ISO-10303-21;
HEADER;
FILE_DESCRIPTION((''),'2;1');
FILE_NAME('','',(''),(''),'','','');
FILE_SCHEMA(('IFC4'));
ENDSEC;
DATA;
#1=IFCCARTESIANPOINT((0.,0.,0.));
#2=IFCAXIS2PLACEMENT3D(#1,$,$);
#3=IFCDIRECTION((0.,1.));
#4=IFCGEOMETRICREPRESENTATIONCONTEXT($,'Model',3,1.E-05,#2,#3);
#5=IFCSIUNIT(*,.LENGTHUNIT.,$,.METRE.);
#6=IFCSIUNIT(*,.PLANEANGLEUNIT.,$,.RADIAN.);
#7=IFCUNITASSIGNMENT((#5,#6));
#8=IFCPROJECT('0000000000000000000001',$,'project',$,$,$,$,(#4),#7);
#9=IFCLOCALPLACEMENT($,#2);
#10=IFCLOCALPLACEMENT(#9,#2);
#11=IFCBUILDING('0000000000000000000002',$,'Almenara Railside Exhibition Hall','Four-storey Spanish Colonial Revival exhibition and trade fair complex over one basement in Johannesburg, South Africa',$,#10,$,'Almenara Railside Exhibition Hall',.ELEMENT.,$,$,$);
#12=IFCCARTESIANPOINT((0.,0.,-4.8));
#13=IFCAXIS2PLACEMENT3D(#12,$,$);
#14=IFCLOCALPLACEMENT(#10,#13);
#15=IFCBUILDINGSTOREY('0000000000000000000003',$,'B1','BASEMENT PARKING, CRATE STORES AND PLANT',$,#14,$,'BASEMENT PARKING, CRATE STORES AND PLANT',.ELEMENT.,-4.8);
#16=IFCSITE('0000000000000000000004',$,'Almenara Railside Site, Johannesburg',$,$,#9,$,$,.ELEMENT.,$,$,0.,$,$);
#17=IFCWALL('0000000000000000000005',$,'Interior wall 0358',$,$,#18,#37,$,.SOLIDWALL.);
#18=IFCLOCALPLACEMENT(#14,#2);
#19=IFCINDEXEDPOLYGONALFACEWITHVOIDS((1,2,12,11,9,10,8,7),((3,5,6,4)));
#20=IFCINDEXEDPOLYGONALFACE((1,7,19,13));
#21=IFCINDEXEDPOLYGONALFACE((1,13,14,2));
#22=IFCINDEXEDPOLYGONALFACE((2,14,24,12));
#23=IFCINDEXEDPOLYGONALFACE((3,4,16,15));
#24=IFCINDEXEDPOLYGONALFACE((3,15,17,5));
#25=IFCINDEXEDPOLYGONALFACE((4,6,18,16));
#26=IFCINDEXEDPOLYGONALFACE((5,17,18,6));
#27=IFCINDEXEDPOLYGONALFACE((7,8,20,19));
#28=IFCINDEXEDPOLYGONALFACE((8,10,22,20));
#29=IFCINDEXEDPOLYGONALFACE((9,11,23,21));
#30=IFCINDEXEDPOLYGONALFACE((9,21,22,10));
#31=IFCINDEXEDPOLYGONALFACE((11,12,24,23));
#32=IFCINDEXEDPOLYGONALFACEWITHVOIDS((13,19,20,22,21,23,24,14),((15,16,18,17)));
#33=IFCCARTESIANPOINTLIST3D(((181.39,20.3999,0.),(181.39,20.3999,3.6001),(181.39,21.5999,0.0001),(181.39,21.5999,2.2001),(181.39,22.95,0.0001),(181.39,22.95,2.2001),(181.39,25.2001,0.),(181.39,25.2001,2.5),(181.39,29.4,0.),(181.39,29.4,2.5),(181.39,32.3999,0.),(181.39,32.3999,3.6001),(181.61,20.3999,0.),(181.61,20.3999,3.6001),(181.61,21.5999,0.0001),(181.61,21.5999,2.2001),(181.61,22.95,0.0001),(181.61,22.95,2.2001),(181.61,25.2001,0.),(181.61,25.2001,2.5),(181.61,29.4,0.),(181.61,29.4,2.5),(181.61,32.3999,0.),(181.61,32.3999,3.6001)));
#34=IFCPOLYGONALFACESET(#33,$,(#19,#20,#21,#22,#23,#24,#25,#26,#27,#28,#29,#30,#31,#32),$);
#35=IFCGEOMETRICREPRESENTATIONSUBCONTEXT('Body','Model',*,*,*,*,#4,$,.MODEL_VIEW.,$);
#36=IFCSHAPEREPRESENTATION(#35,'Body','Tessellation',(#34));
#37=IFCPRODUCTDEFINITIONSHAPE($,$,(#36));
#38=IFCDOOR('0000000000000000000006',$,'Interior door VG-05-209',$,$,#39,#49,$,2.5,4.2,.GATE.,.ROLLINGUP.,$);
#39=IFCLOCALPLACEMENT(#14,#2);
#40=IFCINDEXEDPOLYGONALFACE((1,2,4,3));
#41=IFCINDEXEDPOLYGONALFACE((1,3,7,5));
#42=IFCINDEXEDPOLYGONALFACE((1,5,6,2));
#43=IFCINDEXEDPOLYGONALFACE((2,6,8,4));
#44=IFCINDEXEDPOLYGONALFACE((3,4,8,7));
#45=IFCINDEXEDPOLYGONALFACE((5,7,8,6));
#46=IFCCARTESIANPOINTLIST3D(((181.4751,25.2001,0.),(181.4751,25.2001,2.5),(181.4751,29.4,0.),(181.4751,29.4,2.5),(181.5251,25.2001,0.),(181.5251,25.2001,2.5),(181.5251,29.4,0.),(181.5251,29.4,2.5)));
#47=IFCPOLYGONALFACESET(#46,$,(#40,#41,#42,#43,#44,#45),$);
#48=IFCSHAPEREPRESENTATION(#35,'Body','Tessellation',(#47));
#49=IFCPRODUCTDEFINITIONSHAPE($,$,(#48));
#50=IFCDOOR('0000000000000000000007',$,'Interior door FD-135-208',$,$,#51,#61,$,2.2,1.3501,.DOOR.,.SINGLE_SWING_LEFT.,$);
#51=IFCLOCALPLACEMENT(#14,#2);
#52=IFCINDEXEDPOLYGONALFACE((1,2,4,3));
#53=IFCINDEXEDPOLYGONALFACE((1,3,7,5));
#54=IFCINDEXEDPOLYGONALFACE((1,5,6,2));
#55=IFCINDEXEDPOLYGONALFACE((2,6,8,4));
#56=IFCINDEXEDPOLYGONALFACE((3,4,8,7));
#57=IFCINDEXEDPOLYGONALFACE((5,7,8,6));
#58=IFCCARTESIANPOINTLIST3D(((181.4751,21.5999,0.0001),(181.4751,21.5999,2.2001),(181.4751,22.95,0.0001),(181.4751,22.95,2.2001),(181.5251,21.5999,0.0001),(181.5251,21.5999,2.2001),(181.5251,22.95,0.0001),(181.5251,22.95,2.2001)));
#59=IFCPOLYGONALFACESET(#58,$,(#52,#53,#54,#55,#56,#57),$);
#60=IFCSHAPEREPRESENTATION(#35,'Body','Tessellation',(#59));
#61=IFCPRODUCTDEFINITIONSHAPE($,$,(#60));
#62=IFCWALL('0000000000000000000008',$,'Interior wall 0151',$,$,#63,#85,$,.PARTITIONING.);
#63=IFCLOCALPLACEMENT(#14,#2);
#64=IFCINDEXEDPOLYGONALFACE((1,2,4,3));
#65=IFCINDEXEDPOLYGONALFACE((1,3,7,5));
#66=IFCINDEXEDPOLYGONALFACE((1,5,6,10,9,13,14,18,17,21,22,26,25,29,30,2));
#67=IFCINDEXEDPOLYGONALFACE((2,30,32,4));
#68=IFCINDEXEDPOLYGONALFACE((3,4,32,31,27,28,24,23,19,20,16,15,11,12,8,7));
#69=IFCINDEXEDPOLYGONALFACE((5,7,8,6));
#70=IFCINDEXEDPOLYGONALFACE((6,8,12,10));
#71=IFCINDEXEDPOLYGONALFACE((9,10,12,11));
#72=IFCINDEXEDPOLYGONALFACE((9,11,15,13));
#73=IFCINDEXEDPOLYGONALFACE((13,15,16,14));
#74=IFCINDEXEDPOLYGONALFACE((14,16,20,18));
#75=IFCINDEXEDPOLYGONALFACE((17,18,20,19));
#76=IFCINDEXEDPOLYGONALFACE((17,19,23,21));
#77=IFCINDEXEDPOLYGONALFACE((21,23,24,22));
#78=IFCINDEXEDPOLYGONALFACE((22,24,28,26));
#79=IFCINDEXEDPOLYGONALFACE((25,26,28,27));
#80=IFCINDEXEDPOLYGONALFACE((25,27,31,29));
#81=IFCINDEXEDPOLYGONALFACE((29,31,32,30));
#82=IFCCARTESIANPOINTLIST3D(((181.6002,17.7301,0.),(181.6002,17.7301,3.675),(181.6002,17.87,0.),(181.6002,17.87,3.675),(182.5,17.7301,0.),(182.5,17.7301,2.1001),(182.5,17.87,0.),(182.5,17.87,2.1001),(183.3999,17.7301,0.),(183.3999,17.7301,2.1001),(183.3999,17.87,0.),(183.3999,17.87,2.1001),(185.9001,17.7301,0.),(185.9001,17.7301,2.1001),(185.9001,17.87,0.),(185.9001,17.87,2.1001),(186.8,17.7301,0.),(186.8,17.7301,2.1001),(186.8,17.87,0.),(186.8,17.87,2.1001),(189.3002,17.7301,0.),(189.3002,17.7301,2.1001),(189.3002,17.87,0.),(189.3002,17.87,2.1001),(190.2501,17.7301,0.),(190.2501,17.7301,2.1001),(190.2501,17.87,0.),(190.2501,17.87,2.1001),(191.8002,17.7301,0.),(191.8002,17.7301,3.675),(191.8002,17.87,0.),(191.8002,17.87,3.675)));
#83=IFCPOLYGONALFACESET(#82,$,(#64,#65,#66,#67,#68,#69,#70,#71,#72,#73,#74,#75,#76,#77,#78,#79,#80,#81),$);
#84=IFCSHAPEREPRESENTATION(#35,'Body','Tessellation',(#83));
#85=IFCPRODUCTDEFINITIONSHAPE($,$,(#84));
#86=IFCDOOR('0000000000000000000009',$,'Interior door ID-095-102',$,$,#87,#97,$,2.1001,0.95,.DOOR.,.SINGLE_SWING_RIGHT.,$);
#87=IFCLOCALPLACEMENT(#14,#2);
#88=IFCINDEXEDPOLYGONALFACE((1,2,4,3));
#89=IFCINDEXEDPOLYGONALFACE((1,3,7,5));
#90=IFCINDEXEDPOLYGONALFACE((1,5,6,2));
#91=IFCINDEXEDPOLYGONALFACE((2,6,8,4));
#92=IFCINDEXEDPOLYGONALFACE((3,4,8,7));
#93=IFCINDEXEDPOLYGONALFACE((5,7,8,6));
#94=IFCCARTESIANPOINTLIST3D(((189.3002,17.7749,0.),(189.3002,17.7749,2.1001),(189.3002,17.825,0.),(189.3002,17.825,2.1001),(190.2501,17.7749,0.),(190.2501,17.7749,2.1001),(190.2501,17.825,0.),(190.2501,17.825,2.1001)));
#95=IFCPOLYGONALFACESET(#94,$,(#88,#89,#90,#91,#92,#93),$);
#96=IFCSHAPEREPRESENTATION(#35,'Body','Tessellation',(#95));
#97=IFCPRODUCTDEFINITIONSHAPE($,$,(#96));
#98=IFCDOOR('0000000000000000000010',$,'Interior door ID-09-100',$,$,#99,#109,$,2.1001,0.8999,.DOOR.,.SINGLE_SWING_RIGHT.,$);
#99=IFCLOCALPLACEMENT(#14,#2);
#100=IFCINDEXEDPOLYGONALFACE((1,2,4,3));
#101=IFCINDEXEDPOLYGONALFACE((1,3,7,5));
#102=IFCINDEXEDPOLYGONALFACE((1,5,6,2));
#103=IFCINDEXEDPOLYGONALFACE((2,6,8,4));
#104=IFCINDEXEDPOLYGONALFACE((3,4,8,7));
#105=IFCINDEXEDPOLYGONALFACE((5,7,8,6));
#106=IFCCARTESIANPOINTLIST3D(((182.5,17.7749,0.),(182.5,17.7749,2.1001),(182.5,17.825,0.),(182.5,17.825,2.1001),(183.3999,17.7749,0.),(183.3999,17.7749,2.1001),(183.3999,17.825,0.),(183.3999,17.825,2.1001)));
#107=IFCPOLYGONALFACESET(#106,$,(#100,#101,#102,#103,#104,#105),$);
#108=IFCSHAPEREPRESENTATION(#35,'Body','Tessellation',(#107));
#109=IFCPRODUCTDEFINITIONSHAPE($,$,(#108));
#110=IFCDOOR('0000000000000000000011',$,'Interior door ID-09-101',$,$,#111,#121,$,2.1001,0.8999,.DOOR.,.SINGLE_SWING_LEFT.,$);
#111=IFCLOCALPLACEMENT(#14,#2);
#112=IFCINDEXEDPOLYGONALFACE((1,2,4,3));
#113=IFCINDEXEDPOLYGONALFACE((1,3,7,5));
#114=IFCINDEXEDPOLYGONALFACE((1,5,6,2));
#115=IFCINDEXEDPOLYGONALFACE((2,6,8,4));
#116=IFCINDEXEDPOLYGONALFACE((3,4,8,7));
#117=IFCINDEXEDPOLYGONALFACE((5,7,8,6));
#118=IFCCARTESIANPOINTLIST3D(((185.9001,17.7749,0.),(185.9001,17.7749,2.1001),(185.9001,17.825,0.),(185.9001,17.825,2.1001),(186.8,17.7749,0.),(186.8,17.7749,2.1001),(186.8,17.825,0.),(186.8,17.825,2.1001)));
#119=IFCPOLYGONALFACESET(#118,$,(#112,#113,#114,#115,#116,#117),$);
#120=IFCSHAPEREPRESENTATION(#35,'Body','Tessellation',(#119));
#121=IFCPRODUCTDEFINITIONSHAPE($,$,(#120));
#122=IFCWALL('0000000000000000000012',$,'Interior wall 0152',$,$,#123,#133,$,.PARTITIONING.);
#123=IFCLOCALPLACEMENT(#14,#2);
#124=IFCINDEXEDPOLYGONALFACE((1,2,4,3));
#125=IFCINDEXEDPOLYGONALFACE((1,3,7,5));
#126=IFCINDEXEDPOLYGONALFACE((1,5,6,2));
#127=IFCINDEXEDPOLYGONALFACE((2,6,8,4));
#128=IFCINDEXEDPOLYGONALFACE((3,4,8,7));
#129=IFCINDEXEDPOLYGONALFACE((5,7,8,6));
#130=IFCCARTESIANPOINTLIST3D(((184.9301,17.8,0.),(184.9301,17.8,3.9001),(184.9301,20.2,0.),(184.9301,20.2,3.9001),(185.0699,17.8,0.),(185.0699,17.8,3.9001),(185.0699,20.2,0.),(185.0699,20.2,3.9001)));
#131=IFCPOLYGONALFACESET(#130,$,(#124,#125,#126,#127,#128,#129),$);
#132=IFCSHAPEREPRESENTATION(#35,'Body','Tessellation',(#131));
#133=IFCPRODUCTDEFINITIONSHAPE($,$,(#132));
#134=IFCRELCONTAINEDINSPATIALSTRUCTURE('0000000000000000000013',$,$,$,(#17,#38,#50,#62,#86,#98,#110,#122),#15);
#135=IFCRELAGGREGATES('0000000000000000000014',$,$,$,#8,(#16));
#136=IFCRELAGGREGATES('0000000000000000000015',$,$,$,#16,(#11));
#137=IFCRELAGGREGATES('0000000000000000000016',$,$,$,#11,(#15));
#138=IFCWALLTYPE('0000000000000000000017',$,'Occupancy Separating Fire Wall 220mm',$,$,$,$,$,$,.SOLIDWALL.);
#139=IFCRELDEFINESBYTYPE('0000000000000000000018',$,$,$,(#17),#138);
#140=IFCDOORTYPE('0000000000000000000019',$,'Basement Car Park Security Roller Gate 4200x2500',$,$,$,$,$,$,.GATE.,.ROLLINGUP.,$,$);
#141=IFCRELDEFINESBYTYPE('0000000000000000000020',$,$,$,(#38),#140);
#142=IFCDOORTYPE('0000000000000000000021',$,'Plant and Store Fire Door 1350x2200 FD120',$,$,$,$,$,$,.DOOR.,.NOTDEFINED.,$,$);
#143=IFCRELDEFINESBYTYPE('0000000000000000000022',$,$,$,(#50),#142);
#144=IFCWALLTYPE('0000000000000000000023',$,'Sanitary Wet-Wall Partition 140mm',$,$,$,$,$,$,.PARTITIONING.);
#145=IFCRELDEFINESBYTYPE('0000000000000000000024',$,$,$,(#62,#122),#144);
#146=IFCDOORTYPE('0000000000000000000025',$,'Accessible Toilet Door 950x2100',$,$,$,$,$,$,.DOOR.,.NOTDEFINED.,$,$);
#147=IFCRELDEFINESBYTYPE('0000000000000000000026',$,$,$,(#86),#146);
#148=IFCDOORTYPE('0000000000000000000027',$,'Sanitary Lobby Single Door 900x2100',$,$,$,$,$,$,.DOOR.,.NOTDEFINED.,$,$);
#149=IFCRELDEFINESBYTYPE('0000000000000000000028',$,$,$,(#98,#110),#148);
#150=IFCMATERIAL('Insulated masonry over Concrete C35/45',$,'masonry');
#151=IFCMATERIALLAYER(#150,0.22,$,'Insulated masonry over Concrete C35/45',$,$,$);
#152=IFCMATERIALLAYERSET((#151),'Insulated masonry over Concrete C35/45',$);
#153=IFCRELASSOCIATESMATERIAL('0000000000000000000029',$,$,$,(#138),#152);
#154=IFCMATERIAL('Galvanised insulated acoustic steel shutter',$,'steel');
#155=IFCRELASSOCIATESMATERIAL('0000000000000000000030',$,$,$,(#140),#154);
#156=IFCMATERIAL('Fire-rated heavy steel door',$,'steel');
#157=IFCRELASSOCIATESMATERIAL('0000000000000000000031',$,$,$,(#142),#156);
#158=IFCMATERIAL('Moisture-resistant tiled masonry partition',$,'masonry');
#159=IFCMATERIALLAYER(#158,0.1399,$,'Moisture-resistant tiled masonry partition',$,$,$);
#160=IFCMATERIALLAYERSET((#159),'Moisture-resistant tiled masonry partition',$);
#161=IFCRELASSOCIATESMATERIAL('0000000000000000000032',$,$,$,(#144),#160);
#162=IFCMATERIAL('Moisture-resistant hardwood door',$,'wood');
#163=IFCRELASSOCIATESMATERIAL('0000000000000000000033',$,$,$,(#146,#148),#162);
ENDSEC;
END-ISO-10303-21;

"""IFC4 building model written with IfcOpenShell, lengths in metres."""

from ifc_helpers import new_model, si_unit, direction, frame, frame_2d, origin, place, context, subcontext, project, spatial, rectangle, extrude, material, layer, layer_set, type_object, element, fill, save


model = new_model("IFC4")

# Units and contexts
model_context = context("Model", 3, precision=1e-05, world=origin(), true_north=direction((0.0, 1.0)))
body_context = subcontext(model_context, "Body", "Model", "MODEL_VIEW")
ifc_project = project(units=[si_unit("LENGTHUNIT", "METRE"), si_unit("PLANEANGLEUNIT", "RADIAN")], contexts=[model_context])

# Site, building, storey
site_placement = place(None, origin())
site = spatial("IfcSite", under=ifc_project, at=site_placement, Name="Almenara Railside Site, Johannesburg", CompositionType="ELEMENT", RefElevation=0.0)
building_placement = place(site_placement, origin())
building = spatial("IfcBuilding", under=site, at=building_placement, Name="Almenara Railside Exhibition Hall", Description="Four-storey Spanish Colonial Revival exhibition and trade fair complex over one basement in Johannesburg, South Africa", LongName="Almenara Railside Exhibition Hall", CompositionType="ELEMENT")
storey_placement = place(building_placement, frame((0.0, 0.0, -4.8)))
storey = spatial("IfcBuildingStorey", under=building, at=storey_placement, Name="B1", Description="BASEMENT PARKING, CRATE STORES AND PLANT", LongName="BASEMENT PARKING, CRATE STORES AND PLANT", CompositionType="ELEMENT", Elevation=-4.8)

# Walls, openings, doors
ifc_material_1 = material(Name="Insulated masonry over Concrete C35/45", Category="masonry")
ifc_layer_1 = layer(ifc_material_1, 0.22, Name="Insulated masonry over Concrete C35/45")
ifc_layer_set_1 = layer_set([ifc_layer_1], Name="Insulated masonry over Concrete C35/45")
wall_type_1 = type_object("IfcWallType", Name="Occupancy Separating Fire Wall 220mm", PredefinedType="SOLIDWALL", material=ifc_layer_set_1)
wall_1_placement = place(storey_placement, frame((181.5, 20.3999, 0.0), z_axis=(0.0, 0.0, 1.0), x_axis=(0.0, 1.0, 0.0)))
wall_1 = element("IfcWall", 1, at=wall_1_placement, inside=storey, type_object=wall_type_1, Name="Interior wall 0358", PredefinedType="SOLIDWALL", context=body_context, shape_type="SweptSolid", body=[
    extrude(rectangle(XDim=12.0, YDim=0.22, at=frame_2d((6.0, 0.0))), origin(), (0.0, 0.0, 1.0), 3.6001),
])
opening_1_placement = place(wall_1_placement, frame((1.2, 0.0, 0.0)))
opening_1 = element("IfcOpeningElement", 2, at=opening_1_placement, cuts=wall_1, PredefinedType="OPENING", context=body_context, shape_type="SweptSolid", body=[
    extrude(rectangle(XDim=1.3501, YDim=2.2, at=frame_2d((0.675, 1.1001))), frame((0.0, 0.1199, 0.0), z_axis=(0.0, -1.0, 0.0), x_axis=(1.0, 0.0, 0.0)), (0.0, 0.0, 1.0), 0.24),
])
opening_2_placement = place(wall_1_placement, frame((4.8, 0.0, 0.0)))
opening_2 = element("IfcOpeningElement", 3, at=opening_2_placement, cuts=wall_1, PredefinedType="OPENING", context=body_context, shape_type="SweptSolid", body=[
    extrude(rectangle(XDim=4.2, YDim=2.5, at=frame_2d((2.1001, 1.25))), frame((0.0, 0.1199, 0.0), z_axis=(0.0, -1.0, 0.0), x_axis=(1.0, 0.0, 0.0)), (0.0, 0.0, 1.0), 0.24),
])
ifc_material_2 = material(Name="Galvanised insulated acoustic steel shutter", Category="steel")
door_type_1 = type_object("IfcDoorType", Name="Basement Car Park Security Roller Gate 4200x2500", OperationType="ROLLINGUP", PredefinedType="GATE", material=ifc_material_2)
door_1_placement = place(opening_2_placement, origin())
door_1 = element("IfcDoor", 4, at=door_1_placement, inside=storey, type_object=door_type_1, Name="Interior door VG-05-209", OperationType="ROLLINGUP", OverallHeight=2.5, OverallWidth=4.2, PredefinedType="GATE", context=body_context, shape_type="SweptSolid", body=[
    extrude(rectangle(XDim=4.2, YDim=2.5, at=frame_2d((2.1001, 1.25))), frame((0.0, 0.0249, 0.0), z_axis=(0.0, -1.0, 0.0), x_axis=(1.0, 0.0, 0.0)), (0.0, 0.0, 1.0), 0.05),
])
fill(opening_2, door_1)
ifc_material_3 = material(Name="Fire-rated heavy steel door", Category="steel")
door_type_2 = type_object("IfcDoorType", Name="Plant and Store Fire Door 1350x2200 FD120", OperationType="NOTDEFINED", PredefinedType="DOOR", material=ifc_material_3)
door_2_placement = place(opening_1_placement, origin())
door_2 = element("IfcDoor", 5, at=door_2_placement, inside=storey, type_object=door_type_2, Name="Interior door FD-135-208", OperationType="SINGLE_SWING_LEFT", OverallHeight=2.2, OverallWidth=1.3501, PredefinedType="DOOR", context=body_context, shape_type="SweptSolid", body=[
    extrude(rectangle(XDim=1.3501, YDim=2.2, at=frame_2d((0.675, 1.1001))), frame((0.0, 0.0249, 0.0), z_axis=(0.0, -1.0, 0.0), x_axis=(1.0, 0.0, 0.0)), (0.0, 0.0, 1.0), 0.05),
])
fill(opening_1, door_2)
ifc_material_4 = material(Name="Moisture-resistant tiled masonry partition", Category="masonry")
ifc_layer_2 = layer(ifc_material_4, 0.1399, Name="Moisture-resistant tiled masonry partition")
ifc_layer_set_2 = layer_set([ifc_layer_2], Name="Moisture-resistant tiled masonry partition")
wall_type_2 = type_object("IfcWallType", Name="Sanitary Wet-Wall Partition 140mm", PredefinedType="PARTITIONING", material=ifc_layer_set_2)
wall_2_placement = place(storey_placement, frame((181.6001, 17.8, 0.0), z_axis=(0.0, 0.0, 1.0), x_axis=(1.0, 0.0, 0.0)))
wall_2 = element("IfcWall", 6, at=wall_2_placement, inside=storey, type_object=wall_type_2, Name="Interior wall 0151", PredefinedType="PARTITIONING", context=body_context, shape_type="SweptSolid", body=[
    extrude(rectangle(XDim=10.2, YDim=0.1399, at=frame_2d((5.1001, 0.0))), origin(), (0.0, 0.0, 1.0), 3.675),
])
opening_3_placement = place(wall_2_placement, frame((0.8999, 0.0, 0.0)))
opening_3 = element("IfcOpeningElement", 7, at=opening_3_placement, cuts=wall_2, PredefinedType="OPENING", context=body_context, shape_type="SweptSolid", body=[
    extrude(rectangle(XDim=0.8999, YDim=2.1001, at=frame_2d((0.45, 1.05))), frame((0.0, 0.0798, 0.0), z_axis=(0.0, -1.0, 0.0), x_axis=(1.0, 0.0, 0.0)), (0.0, 0.0, 1.0), 0.1599),
])
opening_4_placement = place(wall_2_placement, frame((4.3, 0.0, 0.0)))
opening_4 = element("IfcOpeningElement", 8, at=opening_4_placement, cuts=wall_2, PredefinedType="OPENING", context=body_context, shape_type="SweptSolid", body=[
    extrude(rectangle(XDim=0.8999, YDim=2.1001, at=frame_2d((0.45, 1.05))), frame((0.0, 0.0798, 0.0), z_axis=(0.0, -1.0, 0.0), x_axis=(1.0, 0.0, 0.0)), (0.0, 0.0, 1.0), 0.1599),
])
opening_5_placement = place(wall_2_placement, frame((7.7, 0.0, 0.0)))
opening_5 = element("IfcOpeningElement", 9, at=opening_5_placement, cuts=wall_2, PredefinedType="OPENING", context=body_context, shape_type="SweptSolid", body=[
    extrude(rectangle(XDim=0.95, YDim=2.1001, at=frame_2d((0.4751, 1.05))), frame((0.0, 0.0798, 0.0), z_axis=(0.0, -1.0, 0.0), x_axis=(1.0, 0.0, 0.0)), (0.0, 0.0, 1.0), 0.1599),
])
ifc_material_5 = material(Name="Moisture-resistant hardwood door", Category="wood")
door_type_3 = type_object("IfcDoorType", Name="Accessible Toilet Door 950x2100", OperationType="NOTDEFINED", PredefinedType="DOOR", material=ifc_material_5)
door_3_placement = place(opening_5_placement, origin())
door_3 = element("IfcDoor", 10, at=door_3_placement, inside=storey, type_object=door_type_3, Name="Interior door ID-095-102", OperationType="SINGLE_SWING_RIGHT", OverallHeight=2.1001, OverallWidth=0.95, PredefinedType="DOOR", context=body_context, shape_type="SweptSolid", body=[
    extrude(rectangle(XDim=0.95, YDim=2.1001, at=frame_2d((0.4751, 1.05))), frame((0.0, 0.0249, 0.0), z_axis=(0.0, -1.0, 0.0), x_axis=(1.0, 0.0, 0.0)), (0.0, 0.0, 1.0), 0.05),
])
fill(opening_5, door_3)
door_type_4 = type_object("IfcDoorType", Name="Sanitary Lobby Single Door 900x2100", OperationType="NOTDEFINED", PredefinedType="DOOR", material=ifc_material_5)
door_4_placement = place(opening_3_placement, origin())
door_4 = element("IfcDoor", 11, at=door_4_placement, inside=storey, type_object=door_type_4, Name="Interior door ID-09-100", OperationType="SINGLE_SWING_RIGHT", OverallHeight=2.1001, OverallWidth=0.8999, PredefinedType="DOOR", context=body_context, shape_type="SweptSolid", body=[
    extrude(rectangle(XDim=0.8999, YDim=2.1001, at=frame_2d((0.45, 1.05))), frame((0.0, 0.0249, 0.0), z_axis=(0.0, -1.0, 0.0), x_axis=(1.0, 0.0, 0.0)), (0.0, 0.0, 1.0), 0.05),
])
fill(opening_3, door_4)
door_5_placement = place(opening_4_placement, origin())
door_5 = element("IfcDoor", 12, at=door_5_placement, inside=storey, type_object=door_type_4, Name="Interior door ID-09-101", OperationType="SINGLE_SWING_LEFT", OverallHeight=2.1001, OverallWidth=0.8999, PredefinedType="DOOR", context=body_context, shape_type="SweptSolid", body=[
    extrude(rectangle(XDim=0.8999, YDim=2.1001, at=frame_2d((0.45, 1.05))), frame((0.0, 0.0249, 0.0), z_axis=(0.0, -1.0, 0.0), x_axis=(1.0, 0.0, 0.0)), (0.0, 0.0, 1.0), 0.05),
])
fill(opening_4, door_5)

# Wall
wall_3_placement = place(storey_placement, frame((185.0, 17.8, 0.0), z_axis=(0.0, 0.0, 1.0), x_axis=(0.0, 1.0, 0.0)))
element("IfcWall", 13, at=wall_3_placement, inside=storey, type_object=wall_type_2, Name="Interior wall 0152", PredefinedType="PARTITIONING", context=body_context, shape_type="SweptSolid", body=[
    extrude(rectangle(XDim=2.3999, YDim=0.1399, at=frame_2d((1.2, 0.0))), origin(), (0.0, 0.0, 1.0), 3.9001),
])

save(model, "model.ifc")
